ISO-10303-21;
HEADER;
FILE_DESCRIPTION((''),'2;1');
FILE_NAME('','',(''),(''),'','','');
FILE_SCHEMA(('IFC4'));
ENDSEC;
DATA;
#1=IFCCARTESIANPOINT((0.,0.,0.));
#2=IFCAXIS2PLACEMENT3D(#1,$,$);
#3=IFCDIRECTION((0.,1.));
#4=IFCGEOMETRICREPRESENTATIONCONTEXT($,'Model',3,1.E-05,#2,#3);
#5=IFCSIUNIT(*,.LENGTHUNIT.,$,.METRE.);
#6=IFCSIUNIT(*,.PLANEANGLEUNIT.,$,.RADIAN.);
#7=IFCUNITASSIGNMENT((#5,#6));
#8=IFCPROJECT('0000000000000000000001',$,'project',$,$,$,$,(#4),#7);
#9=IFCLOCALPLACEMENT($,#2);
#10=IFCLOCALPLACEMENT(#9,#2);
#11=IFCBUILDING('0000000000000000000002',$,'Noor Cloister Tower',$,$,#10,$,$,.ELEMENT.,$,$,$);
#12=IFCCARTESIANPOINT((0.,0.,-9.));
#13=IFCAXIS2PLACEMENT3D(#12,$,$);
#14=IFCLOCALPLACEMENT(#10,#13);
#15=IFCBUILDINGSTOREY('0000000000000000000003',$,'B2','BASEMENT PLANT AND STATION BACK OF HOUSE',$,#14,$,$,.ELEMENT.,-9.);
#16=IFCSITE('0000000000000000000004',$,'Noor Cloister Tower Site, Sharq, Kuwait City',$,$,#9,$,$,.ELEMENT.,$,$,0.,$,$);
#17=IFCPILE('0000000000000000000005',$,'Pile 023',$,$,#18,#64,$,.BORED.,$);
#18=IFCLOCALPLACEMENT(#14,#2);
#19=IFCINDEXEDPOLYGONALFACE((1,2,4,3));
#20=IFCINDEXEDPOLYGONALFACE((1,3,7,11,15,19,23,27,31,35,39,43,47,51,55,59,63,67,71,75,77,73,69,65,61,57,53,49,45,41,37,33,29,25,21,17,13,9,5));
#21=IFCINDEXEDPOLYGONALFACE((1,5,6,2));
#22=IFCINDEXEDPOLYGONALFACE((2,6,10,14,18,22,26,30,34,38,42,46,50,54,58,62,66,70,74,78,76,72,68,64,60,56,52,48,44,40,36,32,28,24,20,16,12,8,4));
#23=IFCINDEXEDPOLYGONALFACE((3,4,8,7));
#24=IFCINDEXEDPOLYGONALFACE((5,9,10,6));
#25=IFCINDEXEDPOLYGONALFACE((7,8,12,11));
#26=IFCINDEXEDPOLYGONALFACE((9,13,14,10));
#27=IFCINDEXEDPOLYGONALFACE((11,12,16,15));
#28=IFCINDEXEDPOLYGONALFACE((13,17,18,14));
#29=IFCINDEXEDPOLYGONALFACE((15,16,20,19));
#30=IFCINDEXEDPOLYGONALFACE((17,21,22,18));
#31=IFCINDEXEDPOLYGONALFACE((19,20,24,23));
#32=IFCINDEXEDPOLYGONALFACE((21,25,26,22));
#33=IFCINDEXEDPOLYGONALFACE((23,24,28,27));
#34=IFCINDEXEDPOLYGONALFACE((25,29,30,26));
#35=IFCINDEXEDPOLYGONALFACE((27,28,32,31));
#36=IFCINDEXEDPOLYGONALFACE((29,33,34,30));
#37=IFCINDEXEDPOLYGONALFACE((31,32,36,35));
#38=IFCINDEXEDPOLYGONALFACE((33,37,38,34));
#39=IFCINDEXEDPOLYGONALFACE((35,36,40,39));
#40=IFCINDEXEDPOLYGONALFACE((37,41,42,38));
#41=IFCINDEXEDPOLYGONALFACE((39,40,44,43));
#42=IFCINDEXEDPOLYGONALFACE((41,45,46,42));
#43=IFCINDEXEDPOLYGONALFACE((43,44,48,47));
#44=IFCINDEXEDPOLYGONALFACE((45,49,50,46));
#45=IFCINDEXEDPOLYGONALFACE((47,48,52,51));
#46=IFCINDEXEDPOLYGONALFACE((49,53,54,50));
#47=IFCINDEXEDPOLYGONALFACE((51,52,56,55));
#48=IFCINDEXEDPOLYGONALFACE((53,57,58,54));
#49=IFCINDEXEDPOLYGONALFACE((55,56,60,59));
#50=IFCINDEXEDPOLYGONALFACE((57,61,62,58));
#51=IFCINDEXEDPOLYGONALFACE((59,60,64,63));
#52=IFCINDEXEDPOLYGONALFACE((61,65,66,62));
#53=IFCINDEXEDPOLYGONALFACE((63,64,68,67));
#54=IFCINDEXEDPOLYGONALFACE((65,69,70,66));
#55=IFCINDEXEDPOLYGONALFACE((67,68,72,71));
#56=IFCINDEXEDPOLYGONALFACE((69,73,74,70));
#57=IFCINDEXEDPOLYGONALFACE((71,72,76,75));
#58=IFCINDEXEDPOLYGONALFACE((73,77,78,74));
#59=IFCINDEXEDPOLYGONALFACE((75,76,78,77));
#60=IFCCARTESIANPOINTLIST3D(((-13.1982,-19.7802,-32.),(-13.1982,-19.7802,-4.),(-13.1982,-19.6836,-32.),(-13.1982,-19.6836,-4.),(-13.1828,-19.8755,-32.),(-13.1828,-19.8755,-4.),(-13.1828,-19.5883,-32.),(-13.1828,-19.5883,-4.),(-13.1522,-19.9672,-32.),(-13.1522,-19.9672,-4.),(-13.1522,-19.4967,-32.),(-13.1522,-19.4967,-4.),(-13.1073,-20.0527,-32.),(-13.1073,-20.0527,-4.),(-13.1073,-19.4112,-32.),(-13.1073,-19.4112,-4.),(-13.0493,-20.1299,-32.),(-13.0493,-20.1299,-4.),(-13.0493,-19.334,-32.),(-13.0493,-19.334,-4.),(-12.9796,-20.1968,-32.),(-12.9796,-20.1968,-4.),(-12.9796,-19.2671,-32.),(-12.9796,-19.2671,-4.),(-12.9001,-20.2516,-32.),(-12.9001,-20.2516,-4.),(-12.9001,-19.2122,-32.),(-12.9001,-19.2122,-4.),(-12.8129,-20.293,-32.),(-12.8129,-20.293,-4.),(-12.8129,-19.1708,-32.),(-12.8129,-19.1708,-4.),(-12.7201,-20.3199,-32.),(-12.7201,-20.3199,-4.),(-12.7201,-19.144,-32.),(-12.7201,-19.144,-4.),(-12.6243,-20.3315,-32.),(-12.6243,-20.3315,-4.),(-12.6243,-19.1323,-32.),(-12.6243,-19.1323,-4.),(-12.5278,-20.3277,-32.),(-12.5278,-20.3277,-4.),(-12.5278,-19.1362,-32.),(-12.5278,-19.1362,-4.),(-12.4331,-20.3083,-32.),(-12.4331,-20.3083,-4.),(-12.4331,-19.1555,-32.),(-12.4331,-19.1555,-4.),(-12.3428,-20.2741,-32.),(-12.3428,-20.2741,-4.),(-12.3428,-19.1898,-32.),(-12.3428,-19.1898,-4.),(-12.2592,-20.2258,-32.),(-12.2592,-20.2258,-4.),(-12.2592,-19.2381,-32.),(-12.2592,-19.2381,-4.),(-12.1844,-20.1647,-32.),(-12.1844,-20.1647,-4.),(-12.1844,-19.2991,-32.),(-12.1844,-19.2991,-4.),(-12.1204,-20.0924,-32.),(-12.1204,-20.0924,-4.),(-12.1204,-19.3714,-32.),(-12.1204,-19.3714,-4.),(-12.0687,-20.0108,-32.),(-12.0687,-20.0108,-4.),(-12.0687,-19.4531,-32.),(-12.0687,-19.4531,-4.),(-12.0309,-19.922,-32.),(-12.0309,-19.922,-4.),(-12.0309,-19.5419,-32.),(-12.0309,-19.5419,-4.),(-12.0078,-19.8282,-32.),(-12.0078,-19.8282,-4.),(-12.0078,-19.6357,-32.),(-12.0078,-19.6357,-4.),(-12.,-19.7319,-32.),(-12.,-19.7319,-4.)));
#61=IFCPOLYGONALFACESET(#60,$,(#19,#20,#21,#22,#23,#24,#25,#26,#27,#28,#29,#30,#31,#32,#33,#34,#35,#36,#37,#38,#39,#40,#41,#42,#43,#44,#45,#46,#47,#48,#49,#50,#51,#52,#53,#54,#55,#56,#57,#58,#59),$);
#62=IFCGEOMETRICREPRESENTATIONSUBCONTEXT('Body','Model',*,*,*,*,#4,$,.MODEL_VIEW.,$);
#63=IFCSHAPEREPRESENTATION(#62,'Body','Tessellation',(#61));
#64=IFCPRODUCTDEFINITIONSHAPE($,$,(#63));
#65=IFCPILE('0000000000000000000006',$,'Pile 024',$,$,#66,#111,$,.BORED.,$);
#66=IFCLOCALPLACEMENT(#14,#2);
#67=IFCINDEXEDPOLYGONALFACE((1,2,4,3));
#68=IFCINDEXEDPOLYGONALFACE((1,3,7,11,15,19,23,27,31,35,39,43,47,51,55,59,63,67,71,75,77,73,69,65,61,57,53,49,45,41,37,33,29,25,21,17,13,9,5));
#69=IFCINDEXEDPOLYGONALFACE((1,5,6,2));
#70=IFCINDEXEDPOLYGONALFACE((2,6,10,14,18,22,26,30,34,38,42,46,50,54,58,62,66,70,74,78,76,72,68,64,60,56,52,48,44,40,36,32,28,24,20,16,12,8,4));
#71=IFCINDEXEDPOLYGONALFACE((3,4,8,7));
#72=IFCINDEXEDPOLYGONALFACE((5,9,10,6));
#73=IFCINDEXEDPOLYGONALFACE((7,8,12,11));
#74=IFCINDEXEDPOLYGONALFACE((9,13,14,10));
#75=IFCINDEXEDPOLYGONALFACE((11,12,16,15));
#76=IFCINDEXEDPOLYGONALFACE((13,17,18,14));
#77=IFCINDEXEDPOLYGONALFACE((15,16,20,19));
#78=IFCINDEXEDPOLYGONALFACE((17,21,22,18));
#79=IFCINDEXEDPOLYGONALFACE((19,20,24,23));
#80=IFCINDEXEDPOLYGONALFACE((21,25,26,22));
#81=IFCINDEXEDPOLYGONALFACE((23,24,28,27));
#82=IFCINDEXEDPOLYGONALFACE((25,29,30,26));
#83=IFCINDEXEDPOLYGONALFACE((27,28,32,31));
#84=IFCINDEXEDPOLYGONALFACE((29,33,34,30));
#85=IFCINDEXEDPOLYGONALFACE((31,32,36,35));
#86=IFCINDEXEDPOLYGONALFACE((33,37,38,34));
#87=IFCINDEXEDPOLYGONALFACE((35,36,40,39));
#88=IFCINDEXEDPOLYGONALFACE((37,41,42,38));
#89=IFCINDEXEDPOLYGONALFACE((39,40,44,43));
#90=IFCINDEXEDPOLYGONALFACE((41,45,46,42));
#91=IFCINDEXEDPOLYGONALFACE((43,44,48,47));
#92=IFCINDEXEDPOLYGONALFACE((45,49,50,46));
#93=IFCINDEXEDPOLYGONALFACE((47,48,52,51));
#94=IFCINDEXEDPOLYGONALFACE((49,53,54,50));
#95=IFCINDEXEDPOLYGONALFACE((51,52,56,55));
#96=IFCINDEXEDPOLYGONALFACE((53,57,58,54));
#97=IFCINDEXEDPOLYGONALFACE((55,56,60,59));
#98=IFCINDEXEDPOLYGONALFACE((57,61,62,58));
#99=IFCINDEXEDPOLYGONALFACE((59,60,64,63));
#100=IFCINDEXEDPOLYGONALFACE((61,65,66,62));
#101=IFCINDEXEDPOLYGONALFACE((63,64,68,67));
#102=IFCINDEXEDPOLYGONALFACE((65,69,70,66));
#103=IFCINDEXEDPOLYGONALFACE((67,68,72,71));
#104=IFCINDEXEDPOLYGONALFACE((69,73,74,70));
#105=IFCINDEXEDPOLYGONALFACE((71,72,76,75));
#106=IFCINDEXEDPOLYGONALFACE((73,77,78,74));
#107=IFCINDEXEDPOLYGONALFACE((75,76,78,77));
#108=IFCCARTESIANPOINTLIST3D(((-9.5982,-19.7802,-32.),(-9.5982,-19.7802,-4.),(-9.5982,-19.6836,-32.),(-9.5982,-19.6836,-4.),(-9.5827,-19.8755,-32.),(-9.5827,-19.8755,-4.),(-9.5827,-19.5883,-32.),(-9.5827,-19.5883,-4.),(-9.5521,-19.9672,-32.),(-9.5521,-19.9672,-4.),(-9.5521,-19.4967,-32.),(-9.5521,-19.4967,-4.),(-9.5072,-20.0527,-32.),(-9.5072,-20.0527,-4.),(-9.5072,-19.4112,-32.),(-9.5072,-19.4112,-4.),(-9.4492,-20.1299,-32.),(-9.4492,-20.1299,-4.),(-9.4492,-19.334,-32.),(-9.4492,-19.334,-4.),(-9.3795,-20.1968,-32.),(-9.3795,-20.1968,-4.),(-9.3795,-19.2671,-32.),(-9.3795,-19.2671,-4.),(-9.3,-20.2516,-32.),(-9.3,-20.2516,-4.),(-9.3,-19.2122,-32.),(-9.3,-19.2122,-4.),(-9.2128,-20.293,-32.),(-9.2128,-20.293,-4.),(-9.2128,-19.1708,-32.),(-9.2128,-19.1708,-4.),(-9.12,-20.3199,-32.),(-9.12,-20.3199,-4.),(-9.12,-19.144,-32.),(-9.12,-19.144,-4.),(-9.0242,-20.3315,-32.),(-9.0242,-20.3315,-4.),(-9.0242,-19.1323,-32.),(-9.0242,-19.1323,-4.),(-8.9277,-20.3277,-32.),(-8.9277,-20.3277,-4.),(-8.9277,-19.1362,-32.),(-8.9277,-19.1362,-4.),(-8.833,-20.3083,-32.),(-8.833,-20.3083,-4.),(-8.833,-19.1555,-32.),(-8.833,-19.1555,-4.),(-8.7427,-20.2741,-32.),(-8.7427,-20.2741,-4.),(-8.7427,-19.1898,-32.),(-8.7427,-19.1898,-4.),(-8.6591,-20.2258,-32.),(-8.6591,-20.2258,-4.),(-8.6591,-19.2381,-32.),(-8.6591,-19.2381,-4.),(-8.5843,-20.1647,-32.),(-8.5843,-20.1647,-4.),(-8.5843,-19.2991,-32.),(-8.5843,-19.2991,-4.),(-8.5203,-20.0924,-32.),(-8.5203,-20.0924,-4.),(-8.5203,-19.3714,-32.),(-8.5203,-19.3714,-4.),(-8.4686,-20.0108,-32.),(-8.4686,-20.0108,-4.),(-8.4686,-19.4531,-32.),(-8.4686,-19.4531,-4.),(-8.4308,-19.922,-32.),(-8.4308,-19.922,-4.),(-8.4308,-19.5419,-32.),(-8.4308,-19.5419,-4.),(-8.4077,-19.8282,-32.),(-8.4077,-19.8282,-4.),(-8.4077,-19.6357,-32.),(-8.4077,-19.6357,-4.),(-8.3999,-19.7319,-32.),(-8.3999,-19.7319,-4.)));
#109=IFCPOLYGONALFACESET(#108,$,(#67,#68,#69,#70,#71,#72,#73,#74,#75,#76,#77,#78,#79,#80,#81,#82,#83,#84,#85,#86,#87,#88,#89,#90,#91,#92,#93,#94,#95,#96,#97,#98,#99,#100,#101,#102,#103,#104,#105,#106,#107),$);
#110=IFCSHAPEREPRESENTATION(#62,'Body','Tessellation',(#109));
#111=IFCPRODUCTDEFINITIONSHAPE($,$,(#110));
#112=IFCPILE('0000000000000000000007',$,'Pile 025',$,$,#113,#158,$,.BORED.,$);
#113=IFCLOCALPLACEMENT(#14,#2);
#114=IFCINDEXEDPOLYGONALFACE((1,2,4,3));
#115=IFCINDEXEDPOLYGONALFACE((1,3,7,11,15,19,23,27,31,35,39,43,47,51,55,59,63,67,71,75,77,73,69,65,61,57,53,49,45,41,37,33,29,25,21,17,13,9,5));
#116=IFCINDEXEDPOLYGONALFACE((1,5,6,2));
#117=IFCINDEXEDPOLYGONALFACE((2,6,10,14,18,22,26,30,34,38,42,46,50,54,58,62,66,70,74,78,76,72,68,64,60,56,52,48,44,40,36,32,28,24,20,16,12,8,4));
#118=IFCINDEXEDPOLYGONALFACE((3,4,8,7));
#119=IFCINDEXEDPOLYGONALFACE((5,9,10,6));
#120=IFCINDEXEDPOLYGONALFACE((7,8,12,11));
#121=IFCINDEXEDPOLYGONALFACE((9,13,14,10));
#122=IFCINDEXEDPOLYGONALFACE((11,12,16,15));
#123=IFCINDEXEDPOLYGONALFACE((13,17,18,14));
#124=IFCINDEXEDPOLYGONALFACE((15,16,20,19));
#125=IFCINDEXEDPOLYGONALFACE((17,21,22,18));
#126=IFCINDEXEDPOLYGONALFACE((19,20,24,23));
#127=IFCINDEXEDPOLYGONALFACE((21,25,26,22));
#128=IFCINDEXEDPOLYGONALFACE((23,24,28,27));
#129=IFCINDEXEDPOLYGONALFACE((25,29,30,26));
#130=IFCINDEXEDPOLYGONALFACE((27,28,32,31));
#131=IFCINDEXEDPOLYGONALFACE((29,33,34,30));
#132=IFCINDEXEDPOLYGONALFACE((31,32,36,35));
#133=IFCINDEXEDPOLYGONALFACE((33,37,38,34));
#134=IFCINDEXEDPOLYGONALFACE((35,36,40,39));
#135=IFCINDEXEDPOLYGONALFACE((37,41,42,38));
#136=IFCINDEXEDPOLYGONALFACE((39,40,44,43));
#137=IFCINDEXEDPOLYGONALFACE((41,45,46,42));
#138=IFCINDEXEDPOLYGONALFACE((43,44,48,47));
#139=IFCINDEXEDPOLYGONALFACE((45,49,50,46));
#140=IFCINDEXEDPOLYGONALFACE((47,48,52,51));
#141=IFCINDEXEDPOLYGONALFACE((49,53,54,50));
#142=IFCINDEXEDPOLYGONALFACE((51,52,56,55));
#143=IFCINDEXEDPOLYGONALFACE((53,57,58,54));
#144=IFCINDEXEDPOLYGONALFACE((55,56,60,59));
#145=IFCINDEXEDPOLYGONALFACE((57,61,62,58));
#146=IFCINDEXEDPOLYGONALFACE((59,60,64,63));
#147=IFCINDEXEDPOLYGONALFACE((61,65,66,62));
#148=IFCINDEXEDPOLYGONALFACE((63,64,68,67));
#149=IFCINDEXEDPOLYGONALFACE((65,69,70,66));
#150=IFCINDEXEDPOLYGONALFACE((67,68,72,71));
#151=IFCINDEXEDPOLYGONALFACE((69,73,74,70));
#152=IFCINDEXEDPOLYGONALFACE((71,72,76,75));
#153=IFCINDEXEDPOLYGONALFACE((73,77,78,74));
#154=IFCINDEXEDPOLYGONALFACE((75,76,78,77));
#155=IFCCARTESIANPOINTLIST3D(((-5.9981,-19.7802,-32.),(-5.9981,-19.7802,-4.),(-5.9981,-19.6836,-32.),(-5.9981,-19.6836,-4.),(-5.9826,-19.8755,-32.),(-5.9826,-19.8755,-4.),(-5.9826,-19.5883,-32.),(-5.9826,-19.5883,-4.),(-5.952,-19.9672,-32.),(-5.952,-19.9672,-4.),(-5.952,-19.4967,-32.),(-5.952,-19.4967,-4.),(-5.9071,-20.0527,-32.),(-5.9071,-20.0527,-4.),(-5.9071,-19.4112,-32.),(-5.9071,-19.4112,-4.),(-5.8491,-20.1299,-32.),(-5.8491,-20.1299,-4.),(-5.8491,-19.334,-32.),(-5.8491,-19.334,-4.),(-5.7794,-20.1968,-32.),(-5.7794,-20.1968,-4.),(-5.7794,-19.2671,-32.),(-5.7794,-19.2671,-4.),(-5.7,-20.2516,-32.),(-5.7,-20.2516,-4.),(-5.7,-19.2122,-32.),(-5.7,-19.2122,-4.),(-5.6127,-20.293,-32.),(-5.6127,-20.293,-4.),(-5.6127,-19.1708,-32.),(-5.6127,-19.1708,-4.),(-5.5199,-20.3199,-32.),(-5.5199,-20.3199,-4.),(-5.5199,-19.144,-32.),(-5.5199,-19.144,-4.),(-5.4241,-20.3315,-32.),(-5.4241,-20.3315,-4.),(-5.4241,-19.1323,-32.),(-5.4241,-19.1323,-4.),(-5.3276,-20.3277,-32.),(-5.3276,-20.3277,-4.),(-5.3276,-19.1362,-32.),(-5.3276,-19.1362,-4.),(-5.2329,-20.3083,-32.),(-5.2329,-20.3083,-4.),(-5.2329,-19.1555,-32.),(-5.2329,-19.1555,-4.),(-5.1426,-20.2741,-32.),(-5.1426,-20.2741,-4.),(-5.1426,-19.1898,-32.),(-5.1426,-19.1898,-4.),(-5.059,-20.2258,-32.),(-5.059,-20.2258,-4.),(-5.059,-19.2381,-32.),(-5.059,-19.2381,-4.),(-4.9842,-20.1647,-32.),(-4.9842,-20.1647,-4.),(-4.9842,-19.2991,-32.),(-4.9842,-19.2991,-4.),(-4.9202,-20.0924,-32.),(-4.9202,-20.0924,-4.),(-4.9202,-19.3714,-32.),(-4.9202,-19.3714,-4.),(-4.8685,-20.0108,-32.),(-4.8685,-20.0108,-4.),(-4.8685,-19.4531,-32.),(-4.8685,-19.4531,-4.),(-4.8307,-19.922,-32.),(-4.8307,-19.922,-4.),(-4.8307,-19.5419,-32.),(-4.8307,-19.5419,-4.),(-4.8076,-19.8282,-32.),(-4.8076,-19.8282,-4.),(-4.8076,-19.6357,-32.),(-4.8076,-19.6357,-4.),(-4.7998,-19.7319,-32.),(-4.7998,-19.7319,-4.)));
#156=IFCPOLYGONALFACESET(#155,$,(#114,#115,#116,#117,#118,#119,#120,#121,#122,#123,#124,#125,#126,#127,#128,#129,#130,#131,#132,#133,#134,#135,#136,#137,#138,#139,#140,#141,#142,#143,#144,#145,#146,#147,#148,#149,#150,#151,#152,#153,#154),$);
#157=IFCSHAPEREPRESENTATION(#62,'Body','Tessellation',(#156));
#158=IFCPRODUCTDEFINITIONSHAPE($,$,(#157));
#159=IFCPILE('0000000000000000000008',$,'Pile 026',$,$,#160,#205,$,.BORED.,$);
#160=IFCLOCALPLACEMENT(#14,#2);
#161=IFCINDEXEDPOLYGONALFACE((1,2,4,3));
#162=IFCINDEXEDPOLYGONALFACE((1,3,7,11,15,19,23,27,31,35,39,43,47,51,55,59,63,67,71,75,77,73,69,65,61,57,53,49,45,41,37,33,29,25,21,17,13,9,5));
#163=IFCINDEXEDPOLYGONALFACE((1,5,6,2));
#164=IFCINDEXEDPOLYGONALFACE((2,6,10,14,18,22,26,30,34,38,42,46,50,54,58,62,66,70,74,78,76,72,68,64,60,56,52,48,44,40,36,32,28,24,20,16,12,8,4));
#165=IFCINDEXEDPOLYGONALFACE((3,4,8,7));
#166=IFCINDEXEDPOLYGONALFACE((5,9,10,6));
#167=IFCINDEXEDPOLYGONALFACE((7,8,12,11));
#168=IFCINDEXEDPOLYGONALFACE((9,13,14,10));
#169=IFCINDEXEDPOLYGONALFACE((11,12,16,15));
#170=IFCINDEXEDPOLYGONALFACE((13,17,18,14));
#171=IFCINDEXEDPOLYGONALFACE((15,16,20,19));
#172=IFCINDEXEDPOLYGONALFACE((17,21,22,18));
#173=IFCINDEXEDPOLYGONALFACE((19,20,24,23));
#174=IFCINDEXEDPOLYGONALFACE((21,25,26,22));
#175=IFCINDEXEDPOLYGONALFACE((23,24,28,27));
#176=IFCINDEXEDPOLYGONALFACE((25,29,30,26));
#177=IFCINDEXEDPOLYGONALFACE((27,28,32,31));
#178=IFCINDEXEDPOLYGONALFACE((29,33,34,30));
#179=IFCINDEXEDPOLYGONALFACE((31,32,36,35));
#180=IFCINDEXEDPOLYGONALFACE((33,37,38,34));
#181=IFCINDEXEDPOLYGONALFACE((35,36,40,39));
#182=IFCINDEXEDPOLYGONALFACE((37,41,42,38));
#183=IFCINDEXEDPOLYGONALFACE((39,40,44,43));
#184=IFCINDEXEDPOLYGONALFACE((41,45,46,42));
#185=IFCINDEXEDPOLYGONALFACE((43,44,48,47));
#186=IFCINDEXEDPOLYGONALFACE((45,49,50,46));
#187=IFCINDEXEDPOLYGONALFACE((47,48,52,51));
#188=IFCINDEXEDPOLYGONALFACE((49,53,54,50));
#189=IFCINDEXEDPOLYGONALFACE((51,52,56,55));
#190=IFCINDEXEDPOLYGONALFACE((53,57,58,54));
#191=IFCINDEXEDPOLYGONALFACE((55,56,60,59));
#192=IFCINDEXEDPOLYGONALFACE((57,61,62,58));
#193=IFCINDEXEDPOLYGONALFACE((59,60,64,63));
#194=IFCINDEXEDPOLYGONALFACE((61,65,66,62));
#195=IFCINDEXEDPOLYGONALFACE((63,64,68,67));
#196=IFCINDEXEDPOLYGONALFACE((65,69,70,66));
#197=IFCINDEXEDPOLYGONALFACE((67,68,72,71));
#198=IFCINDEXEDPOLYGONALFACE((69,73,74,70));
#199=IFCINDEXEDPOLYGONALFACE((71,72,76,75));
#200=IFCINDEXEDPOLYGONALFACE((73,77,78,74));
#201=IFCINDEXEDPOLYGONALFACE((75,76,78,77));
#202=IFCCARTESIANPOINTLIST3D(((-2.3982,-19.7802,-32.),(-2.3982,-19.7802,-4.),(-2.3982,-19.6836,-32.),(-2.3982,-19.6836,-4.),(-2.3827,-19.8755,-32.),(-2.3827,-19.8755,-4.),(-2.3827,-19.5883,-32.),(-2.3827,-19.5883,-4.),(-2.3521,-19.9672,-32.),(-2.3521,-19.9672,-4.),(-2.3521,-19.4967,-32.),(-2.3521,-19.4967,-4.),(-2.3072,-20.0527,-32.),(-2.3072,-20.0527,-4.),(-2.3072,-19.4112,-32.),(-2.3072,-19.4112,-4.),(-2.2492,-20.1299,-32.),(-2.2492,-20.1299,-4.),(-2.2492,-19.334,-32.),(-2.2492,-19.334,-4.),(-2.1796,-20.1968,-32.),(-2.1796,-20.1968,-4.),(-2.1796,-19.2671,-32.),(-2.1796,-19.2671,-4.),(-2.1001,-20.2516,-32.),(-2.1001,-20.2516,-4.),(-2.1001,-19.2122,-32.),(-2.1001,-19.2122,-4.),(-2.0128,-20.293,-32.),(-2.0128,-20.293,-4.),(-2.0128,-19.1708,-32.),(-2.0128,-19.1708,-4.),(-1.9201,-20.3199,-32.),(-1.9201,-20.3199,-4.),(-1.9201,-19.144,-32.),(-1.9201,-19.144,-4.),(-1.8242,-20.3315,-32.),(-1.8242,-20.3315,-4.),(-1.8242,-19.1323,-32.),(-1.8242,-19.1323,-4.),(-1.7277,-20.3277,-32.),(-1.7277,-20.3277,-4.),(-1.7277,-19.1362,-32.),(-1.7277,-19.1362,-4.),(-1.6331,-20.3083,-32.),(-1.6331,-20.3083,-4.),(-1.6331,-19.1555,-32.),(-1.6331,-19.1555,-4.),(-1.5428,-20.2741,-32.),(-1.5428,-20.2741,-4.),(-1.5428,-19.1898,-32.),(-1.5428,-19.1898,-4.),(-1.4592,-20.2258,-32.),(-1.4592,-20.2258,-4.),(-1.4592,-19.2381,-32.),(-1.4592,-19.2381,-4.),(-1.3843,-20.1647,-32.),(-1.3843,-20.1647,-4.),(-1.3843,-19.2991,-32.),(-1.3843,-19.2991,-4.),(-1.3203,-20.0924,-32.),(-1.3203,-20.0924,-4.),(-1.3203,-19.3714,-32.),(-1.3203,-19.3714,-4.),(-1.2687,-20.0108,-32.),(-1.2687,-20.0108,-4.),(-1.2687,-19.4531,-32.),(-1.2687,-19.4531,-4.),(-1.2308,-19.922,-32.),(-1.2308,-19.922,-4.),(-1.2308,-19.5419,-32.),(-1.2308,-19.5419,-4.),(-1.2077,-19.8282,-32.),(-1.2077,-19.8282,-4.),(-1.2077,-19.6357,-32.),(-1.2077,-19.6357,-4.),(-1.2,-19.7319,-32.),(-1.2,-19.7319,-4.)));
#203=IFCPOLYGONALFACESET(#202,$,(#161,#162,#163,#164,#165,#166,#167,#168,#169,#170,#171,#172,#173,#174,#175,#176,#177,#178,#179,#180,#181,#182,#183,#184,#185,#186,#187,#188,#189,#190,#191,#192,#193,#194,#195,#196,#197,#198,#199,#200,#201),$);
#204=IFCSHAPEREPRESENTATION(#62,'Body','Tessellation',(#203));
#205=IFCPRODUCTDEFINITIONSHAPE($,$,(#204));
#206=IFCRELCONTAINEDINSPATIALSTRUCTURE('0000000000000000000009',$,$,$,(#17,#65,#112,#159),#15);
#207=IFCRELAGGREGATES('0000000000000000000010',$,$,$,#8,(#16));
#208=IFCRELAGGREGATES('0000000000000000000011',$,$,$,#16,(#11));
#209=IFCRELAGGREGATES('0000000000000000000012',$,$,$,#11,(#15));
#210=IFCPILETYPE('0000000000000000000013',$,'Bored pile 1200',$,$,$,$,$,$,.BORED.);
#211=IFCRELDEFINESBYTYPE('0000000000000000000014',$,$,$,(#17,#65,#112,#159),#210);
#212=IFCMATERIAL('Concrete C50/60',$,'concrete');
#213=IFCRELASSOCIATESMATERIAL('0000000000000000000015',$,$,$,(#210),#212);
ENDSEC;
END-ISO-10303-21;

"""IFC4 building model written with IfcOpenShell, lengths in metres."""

from ifc_helpers import new_model, si_unit, direction, frame, origin, origin_2d, place, context, subcontext, project, spatial, circle, extrude, material, material_profile, profile_set, type_object, element, save


model = new_model("IFC4")

# Units and contexts
model_context = context("Model", 3, precision=1e-05, world=origin(), true_north=direction((0.0, 1.0)))
body_context = subcontext(model_context, "Body", "Model", "MODEL_VIEW")
ifc_project = project(units=[si_unit("LENGTHUNIT", "METRE"), si_unit("PLANEANGLEUNIT", "RADIAN")], contexts=[model_context])

# Site, building, storey
site_placement = place(None, origin())
site = spatial("IfcSite", under=ifc_project, at=site_placement, Name="Noor Cloister Tower Site, Sharq, Kuwait City", CompositionType="ELEMENT", RefElevation=0.0)
building_placement = place(site_placement, origin())
building = spatial("IfcBuilding", under=site, at=building_placement, Name="Noor Cloister Tower", CompositionType="ELEMENT")
storey_placement = place(building_placement, frame((0.0, 0.0, -9.0)))
storey = spatial("IfcBuildingStorey", under=building, at=storey_placement, Name="B2", Description="BASEMENT PLANT AND STATION BACK OF HOUSE", CompositionType="ELEMENT", Elevation=-9.0)

# Piles
ifc_material_1 = material(Name="Concrete C50/60", Category="concrete")
ifc_material_profile_1 = material_profile(ifc_material_1, circle(Radius=0.6001, at=origin_2d()), Name="Bored pile 1200")
ifc_profile_set_1 = profile_set([ifc_material_profile_1], Name="Concrete C50/60")
pile_type = type_object("IfcPileType", Name="Bored pile 1200", PredefinedType="BORED", material=ifc_profile_set_1)
for number, where, z_axis, x_axis, name in (
    (1, (-12.6001, -19.7319, -4.0), (0.0, 0.0, -1.0), (1.0, 0.0, 0.0), "Pile 023"),
    (2, (-9.0, -19.7319, -4.0), (0.0, 0.0, -1.0), (1.0, 0.0, 0.0), "Pile 024"),
    (3, (-5.3999, -19.7319, -4.0), (0.0, 0.0, -1.0), (1.0, 0.0, 0.0), "Pile 025"),
    (4, (-1.8, -19.7319, -4.0), (0.0, 0.0, -1.0), (1.0, 0.0, 0.0), "Pile 026"),
):
    element("IfcPile", number, at=place(storey_placement, frame(where, z_axis=z_axis, x_axis=x_axis)), inside=storey, type_object=pile_type, Name=name, PredefinedType="BORED", context=body_context, shape_type="SweptSolid", body=[
        extrude(circle(Radius=0.6001, at=origin_2d()), origin(), (0.0, 0.0, 1.0), 28.0),
    ])

save(model, "model.ifc")
